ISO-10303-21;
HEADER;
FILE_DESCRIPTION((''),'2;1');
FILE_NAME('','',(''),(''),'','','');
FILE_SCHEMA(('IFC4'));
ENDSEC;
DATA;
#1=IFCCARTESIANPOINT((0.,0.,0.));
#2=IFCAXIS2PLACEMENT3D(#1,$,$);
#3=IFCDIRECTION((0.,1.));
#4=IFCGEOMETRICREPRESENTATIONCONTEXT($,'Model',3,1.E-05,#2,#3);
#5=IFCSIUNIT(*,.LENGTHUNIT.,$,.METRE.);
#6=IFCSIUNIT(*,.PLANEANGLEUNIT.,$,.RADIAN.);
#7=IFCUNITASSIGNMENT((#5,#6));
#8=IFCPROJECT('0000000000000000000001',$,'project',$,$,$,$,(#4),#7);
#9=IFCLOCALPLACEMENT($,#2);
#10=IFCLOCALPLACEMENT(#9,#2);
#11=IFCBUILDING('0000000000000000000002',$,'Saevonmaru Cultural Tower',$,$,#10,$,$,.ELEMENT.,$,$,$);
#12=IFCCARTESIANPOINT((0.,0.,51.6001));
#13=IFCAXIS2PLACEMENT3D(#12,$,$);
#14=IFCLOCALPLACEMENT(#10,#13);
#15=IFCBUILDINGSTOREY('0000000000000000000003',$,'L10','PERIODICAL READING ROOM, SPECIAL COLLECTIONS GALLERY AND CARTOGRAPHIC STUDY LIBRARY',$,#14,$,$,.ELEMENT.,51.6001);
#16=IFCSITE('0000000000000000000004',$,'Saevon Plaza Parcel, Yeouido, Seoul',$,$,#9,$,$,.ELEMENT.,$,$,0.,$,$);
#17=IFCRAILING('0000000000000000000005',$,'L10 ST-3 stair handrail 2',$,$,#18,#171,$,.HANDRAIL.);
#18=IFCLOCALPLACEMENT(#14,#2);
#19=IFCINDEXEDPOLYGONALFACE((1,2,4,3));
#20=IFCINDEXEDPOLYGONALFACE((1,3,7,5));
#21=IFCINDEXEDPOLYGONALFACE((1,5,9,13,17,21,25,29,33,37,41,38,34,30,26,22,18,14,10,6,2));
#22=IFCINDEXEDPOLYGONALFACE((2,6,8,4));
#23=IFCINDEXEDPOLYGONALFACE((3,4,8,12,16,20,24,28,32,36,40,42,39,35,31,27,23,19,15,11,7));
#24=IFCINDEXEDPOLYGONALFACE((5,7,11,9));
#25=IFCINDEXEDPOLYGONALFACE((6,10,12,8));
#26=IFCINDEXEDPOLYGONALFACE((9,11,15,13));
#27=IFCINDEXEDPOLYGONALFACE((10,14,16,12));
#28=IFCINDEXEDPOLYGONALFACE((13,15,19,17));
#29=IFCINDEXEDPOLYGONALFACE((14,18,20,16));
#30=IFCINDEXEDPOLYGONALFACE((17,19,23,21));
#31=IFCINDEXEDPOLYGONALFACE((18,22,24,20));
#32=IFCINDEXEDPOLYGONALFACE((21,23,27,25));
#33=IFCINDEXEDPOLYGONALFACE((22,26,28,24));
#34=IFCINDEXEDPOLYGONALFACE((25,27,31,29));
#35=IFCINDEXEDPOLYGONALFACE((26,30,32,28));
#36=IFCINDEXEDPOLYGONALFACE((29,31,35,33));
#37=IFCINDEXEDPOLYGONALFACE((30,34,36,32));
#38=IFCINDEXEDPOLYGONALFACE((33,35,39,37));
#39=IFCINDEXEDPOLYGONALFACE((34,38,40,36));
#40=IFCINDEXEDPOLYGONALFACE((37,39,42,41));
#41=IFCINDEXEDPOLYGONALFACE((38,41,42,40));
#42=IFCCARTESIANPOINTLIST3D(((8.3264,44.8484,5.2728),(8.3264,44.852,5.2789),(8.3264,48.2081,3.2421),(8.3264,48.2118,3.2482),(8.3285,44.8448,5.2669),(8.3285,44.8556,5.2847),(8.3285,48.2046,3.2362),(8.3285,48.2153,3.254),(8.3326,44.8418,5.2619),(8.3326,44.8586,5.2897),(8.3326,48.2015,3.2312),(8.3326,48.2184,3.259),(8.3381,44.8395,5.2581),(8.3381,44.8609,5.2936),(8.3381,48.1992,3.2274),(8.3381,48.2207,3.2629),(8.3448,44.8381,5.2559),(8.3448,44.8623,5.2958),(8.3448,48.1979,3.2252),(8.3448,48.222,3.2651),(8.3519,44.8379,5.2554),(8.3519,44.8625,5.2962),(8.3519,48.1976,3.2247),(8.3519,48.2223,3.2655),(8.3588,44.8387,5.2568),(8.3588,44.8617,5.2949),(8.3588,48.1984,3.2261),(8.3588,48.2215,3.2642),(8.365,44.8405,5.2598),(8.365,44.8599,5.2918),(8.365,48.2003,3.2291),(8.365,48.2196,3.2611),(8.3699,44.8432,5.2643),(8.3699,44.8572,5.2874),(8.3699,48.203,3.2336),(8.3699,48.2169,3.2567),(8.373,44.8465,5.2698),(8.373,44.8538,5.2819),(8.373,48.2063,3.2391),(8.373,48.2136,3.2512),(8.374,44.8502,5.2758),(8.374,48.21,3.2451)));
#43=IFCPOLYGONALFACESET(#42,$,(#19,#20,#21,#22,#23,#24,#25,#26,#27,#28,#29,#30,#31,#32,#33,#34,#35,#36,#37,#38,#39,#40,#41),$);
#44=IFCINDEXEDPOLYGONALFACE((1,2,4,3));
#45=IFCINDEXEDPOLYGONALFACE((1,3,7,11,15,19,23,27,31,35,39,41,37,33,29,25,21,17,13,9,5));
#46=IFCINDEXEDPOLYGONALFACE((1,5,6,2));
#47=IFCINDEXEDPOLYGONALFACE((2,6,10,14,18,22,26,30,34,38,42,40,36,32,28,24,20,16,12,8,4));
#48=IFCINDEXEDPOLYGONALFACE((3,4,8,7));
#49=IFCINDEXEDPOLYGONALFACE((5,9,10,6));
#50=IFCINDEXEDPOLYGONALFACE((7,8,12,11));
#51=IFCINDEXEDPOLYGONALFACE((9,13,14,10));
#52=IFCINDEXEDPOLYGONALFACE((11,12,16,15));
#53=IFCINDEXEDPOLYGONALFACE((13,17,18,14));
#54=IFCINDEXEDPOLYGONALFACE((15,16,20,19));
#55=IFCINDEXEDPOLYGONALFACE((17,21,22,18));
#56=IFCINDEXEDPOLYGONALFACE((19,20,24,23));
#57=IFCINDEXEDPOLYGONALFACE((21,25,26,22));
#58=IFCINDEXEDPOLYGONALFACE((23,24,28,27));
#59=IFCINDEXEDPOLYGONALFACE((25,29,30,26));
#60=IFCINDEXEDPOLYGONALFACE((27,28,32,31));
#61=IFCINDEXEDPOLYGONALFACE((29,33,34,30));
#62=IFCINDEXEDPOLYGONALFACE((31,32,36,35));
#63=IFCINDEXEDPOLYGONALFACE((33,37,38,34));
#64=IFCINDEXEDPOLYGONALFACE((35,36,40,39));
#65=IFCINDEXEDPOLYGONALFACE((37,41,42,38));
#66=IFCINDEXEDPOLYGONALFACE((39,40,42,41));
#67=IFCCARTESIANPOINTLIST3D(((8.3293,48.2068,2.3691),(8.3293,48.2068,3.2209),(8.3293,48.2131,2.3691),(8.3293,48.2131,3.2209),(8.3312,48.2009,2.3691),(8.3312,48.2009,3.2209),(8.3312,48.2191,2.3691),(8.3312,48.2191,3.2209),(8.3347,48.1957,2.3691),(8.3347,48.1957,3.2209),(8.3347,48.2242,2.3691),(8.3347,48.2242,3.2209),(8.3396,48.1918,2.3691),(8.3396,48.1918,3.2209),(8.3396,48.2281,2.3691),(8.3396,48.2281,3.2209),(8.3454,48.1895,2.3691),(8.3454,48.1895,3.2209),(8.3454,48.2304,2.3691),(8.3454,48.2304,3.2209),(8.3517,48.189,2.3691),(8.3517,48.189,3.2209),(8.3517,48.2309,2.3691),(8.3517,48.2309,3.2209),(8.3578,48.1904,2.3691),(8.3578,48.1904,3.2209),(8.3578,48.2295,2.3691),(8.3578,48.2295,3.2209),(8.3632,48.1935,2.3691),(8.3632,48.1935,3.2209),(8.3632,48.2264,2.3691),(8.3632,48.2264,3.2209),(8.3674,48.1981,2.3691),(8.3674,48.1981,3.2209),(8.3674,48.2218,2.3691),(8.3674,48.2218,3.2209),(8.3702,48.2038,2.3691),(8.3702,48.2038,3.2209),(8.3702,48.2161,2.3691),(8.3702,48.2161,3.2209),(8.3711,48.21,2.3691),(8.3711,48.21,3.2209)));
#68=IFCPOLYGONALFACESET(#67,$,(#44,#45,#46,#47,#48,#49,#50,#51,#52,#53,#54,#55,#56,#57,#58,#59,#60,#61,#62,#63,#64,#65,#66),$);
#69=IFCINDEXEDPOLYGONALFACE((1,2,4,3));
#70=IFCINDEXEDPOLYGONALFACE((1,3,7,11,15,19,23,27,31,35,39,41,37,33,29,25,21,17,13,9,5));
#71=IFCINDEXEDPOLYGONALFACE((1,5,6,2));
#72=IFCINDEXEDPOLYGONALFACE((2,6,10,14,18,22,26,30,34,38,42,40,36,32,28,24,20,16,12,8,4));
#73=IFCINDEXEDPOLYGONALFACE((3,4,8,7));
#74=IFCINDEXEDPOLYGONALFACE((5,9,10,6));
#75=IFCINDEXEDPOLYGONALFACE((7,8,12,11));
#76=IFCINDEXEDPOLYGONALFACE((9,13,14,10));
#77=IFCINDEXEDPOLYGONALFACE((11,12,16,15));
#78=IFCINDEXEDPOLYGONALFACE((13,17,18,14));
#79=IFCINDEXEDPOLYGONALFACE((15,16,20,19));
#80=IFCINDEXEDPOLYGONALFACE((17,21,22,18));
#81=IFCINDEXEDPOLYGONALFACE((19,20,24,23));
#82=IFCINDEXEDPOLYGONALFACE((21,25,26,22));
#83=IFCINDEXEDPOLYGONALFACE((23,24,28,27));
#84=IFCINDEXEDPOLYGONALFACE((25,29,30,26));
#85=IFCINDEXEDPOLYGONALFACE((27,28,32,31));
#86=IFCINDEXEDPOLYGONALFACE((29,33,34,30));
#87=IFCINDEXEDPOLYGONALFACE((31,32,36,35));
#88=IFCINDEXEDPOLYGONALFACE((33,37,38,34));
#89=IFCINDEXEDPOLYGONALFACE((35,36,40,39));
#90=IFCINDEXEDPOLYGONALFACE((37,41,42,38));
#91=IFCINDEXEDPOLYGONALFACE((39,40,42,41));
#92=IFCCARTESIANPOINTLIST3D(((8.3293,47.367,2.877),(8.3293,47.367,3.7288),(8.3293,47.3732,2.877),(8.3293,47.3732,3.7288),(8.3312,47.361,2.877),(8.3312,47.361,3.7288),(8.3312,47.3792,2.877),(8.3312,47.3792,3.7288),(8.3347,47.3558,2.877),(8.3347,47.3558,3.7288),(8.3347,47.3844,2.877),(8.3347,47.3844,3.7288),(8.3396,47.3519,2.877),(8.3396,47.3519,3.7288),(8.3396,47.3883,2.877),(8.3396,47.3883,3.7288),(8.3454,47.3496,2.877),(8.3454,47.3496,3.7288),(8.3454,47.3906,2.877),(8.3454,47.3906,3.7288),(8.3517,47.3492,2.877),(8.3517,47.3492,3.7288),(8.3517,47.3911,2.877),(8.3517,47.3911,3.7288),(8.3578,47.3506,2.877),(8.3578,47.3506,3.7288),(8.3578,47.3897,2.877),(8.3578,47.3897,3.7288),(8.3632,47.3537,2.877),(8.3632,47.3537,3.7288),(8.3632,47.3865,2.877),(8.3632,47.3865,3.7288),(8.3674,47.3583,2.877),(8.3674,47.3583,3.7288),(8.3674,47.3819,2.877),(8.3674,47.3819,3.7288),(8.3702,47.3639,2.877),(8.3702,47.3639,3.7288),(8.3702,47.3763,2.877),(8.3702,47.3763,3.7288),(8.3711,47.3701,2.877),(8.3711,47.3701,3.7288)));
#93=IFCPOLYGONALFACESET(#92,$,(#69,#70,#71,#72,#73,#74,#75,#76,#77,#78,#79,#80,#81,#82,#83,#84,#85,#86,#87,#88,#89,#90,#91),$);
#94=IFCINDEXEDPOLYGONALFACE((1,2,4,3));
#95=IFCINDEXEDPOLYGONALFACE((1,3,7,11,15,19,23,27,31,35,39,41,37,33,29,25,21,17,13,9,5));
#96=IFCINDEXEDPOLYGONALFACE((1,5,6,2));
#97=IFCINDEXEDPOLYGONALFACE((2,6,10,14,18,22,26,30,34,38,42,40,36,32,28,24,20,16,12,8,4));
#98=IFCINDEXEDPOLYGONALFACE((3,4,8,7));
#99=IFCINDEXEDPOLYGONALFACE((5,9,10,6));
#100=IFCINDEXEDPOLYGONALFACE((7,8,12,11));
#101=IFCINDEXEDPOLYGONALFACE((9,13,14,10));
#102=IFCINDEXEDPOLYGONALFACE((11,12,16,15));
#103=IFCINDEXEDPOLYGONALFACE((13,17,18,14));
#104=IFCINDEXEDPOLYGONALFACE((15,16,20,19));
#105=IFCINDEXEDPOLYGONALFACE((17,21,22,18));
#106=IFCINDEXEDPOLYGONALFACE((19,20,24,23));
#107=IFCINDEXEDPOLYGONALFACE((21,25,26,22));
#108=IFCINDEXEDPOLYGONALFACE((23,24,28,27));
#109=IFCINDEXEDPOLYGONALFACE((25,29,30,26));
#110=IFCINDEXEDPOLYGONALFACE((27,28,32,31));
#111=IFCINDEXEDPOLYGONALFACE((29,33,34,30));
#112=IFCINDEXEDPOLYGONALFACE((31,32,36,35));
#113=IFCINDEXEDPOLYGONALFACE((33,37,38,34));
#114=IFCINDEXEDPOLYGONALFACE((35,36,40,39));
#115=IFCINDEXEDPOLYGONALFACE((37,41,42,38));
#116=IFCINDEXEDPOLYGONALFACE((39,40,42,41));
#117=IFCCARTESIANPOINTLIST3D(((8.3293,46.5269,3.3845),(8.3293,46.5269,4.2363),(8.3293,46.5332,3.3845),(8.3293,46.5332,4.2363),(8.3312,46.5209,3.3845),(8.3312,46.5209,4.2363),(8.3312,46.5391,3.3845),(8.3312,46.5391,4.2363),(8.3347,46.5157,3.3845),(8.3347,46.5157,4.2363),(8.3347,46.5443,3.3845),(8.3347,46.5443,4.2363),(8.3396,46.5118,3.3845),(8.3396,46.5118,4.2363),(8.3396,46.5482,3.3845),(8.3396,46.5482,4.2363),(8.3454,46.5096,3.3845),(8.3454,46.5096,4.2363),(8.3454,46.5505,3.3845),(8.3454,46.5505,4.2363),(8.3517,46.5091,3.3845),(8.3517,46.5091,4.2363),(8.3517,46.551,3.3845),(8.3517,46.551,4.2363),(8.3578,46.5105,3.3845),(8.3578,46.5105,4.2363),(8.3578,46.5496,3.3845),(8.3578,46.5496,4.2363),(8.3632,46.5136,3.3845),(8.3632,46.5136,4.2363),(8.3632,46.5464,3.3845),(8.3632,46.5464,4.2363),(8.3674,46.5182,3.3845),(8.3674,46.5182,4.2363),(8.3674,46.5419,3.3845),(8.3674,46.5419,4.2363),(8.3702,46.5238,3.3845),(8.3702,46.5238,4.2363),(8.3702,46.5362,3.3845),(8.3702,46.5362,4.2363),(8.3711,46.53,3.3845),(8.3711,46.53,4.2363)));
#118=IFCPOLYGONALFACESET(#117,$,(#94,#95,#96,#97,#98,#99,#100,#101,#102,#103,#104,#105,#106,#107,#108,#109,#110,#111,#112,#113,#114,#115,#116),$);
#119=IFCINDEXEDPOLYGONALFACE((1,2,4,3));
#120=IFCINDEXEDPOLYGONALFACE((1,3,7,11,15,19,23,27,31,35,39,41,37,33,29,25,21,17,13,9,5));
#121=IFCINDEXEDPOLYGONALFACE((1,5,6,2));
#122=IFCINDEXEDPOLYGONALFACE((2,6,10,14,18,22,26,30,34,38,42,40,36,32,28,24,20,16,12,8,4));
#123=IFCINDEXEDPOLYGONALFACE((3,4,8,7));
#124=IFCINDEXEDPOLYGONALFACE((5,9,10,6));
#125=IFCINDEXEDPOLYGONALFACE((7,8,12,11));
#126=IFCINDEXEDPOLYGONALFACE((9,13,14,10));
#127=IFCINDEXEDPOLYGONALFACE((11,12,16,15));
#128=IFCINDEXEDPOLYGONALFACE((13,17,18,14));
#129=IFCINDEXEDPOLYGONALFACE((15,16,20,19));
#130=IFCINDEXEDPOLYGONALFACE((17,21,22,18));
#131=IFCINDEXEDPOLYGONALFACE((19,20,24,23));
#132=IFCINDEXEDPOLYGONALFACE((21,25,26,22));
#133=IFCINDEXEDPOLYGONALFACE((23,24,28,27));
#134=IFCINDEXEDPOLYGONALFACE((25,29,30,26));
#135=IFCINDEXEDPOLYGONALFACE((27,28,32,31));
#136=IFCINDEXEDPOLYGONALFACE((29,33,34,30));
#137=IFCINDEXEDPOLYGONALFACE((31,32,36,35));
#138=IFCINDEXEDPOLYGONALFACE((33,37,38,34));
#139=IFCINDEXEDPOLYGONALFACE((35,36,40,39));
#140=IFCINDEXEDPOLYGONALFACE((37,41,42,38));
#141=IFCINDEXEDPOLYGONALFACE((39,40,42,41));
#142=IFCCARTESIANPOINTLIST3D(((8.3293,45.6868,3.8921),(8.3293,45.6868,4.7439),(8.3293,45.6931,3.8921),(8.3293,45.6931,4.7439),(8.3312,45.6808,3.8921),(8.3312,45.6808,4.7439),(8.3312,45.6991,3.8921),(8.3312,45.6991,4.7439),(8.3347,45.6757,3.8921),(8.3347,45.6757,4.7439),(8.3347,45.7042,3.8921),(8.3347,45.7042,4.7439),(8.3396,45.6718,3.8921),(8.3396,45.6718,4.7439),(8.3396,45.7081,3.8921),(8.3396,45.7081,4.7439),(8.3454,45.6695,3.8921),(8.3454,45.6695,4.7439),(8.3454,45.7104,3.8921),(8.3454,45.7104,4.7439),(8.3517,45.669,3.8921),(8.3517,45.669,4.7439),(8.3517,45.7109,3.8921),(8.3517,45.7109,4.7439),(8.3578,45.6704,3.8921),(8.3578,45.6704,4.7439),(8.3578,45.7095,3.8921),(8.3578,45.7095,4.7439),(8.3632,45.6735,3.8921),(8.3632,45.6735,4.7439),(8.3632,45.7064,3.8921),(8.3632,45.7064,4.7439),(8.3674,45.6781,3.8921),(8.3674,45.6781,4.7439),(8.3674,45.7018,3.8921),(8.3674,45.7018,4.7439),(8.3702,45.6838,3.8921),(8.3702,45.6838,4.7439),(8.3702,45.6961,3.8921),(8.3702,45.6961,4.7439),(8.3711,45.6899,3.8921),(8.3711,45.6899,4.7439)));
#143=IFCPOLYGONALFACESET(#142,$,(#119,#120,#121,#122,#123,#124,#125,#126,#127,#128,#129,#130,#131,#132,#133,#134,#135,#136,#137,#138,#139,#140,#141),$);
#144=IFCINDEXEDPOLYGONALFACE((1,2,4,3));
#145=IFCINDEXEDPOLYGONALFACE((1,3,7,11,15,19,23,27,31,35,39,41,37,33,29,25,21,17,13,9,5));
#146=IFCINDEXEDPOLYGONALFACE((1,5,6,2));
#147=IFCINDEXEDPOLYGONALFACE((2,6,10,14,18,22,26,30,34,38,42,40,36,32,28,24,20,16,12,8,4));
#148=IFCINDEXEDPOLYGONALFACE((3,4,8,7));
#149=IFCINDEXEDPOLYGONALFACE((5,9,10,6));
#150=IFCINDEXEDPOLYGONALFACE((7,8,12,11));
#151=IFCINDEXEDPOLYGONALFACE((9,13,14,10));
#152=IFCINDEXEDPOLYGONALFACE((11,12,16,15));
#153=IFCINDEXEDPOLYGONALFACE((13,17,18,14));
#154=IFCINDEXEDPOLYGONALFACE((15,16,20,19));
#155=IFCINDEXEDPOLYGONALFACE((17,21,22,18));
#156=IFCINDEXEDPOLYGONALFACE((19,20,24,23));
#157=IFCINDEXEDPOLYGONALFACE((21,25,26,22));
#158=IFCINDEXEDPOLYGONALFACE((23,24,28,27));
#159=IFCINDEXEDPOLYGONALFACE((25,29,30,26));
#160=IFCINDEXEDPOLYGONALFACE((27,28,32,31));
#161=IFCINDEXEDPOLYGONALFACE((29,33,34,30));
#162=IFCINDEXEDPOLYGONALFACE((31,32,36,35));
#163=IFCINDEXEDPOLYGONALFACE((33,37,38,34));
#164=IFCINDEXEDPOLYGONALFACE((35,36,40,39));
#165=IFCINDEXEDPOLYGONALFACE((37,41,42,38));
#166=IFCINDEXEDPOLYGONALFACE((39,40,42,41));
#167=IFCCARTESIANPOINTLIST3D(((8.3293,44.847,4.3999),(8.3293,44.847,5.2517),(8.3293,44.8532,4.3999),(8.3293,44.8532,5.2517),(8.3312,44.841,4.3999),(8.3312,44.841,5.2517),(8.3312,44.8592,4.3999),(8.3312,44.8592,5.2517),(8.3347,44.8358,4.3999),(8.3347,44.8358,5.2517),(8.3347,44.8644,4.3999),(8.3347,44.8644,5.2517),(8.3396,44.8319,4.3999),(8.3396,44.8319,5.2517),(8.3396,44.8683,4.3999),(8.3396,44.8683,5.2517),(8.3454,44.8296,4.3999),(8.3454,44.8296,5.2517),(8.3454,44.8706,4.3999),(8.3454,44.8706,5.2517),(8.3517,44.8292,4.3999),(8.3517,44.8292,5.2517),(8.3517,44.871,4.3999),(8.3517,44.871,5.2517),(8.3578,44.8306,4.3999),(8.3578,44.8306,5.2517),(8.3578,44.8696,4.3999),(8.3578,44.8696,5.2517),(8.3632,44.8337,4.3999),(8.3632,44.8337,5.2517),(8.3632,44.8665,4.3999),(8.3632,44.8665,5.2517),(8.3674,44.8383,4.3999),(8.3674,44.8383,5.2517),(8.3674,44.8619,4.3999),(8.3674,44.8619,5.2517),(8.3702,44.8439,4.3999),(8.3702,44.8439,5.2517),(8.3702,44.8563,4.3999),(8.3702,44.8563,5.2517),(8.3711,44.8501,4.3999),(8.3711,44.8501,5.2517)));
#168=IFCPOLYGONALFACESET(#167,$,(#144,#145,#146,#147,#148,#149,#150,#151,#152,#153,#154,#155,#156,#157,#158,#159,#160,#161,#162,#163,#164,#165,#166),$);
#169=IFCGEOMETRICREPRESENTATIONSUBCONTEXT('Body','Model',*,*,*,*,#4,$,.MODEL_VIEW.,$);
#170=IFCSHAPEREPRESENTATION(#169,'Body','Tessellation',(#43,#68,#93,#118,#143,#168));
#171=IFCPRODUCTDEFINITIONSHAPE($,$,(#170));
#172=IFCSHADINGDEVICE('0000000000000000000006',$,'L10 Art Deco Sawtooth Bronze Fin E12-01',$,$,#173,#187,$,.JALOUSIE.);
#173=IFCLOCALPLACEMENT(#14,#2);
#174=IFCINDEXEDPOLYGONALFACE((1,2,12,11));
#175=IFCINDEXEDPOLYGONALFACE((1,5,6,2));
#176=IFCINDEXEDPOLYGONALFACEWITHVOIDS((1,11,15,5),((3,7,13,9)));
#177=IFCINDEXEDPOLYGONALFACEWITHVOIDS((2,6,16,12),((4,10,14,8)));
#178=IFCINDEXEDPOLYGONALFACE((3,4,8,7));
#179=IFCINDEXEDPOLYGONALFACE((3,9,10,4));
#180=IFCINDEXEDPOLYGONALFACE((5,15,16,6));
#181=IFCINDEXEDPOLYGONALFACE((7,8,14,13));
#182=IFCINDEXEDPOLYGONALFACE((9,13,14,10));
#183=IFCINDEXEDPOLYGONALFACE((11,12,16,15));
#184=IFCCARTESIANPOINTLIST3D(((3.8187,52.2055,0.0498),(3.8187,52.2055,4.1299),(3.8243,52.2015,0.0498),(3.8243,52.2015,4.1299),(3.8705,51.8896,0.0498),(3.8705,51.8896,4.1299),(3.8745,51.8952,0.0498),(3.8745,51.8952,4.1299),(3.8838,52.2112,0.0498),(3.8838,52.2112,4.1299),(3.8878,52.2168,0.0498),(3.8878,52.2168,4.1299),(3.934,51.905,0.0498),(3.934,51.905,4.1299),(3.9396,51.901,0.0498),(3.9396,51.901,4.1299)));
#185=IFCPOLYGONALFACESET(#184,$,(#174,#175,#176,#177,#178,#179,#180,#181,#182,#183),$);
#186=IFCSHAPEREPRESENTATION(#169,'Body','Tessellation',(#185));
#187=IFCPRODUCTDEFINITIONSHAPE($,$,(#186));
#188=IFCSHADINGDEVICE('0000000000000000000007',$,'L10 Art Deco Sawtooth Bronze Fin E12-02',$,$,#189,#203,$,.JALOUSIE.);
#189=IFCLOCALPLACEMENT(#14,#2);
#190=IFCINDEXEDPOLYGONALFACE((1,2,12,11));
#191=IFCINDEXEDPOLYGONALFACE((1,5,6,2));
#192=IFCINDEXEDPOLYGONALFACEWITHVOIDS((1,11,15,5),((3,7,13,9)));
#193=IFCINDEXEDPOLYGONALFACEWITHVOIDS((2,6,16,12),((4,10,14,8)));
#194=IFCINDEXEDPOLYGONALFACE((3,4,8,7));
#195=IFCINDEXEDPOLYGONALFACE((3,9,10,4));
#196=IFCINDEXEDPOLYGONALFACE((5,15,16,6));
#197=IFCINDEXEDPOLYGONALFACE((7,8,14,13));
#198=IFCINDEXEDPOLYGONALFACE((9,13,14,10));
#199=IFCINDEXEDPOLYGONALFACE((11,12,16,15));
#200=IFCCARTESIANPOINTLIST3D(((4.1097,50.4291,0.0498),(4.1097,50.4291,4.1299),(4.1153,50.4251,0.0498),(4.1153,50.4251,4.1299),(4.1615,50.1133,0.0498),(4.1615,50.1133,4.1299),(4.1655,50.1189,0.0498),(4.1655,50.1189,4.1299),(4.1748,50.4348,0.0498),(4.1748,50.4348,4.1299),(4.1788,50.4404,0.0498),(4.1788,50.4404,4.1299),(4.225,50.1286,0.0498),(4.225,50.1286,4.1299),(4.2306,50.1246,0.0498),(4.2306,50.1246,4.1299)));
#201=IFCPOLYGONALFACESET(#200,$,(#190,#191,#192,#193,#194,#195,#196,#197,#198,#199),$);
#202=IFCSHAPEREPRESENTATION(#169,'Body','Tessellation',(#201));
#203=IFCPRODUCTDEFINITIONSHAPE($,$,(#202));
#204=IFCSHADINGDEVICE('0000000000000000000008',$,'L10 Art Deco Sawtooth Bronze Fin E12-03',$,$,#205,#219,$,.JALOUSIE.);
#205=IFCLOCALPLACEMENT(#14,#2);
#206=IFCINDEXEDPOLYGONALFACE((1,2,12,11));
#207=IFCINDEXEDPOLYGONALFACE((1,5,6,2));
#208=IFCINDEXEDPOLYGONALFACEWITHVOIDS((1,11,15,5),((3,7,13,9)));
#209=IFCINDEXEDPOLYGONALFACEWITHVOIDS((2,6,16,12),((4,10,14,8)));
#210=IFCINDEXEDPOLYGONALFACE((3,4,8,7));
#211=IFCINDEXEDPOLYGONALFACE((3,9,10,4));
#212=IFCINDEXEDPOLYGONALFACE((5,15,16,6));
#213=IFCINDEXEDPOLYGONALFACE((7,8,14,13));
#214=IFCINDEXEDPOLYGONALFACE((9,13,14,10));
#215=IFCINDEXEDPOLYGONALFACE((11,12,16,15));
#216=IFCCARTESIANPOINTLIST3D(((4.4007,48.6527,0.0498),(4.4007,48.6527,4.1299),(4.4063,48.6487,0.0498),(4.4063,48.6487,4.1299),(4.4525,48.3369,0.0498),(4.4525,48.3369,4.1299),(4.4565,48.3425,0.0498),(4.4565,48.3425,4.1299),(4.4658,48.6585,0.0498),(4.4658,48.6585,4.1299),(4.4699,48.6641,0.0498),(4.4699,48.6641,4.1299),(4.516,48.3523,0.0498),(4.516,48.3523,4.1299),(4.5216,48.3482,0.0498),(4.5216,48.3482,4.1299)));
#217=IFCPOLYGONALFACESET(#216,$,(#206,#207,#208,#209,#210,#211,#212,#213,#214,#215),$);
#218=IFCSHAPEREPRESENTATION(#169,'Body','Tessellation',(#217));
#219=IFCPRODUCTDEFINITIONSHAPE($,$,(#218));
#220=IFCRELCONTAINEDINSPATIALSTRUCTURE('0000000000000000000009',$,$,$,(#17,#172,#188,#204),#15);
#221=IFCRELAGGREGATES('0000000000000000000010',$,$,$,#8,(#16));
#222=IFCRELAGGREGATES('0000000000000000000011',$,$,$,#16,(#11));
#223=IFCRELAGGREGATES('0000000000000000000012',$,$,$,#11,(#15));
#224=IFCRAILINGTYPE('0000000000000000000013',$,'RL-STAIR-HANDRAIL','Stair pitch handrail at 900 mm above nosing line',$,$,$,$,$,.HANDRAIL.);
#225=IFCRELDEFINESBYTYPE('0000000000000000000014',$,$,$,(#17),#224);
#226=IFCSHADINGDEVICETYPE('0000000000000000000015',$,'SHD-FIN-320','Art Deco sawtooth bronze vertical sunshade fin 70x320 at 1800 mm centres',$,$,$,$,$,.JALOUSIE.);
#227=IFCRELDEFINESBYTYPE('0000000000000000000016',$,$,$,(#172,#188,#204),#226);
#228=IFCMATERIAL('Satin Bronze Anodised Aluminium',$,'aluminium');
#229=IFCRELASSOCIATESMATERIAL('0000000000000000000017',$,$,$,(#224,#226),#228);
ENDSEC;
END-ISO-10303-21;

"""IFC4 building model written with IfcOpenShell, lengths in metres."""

from ifc_helpers import new_model, si_unit, direction, frame, origin, origin_2d, place, context, subcontext, project, spatial, hollow_rectangle, circle, extrude, material, material_profile, profile_set, type_object, element, save


model = new_model("IFC4")

# Units and contexts
model_context = context("Model", 3, precision=1e-05, world=origin(), true_north=direction((0.0, 1.0)))
body_context = subcontext(model_context, "Body", "Model", "MODEL_VIEW")
ifc_project = project(units=[si_unit("LENGTHUNIT", "METRE"), si_unit("PLANEANGLEUNIT", "RADIAN")], contexts=[model_context])

# Site, building, storey
site_placement = place(None, origin())
site = spatial("IfcSite", under=ifc_project, at=site_placement, Name="Saevon Plaza Parcel, Yeouido, Seoul", CompositionType="ELEMENT", RefElevation=0.0)
building_placement = place(site_placement, origin())
building = spatial("IfcBuilding", under=site, at=building_placement, Name="Saevonmaru Cultural Tower", CompositionType="ELEMENT")
storey_placement = place(building_placement, frame((0.0, 0.0, 51.6001)))
storey = spatial("IfcBuildingStorey", under=building, at=storey_placement, Name="L10", Description="PERIODICAL READING ROOM, SPECIAL COLLECTIONS GALLERY AND CARTOGRAPHIC STUDY LIBRARY", CompositionType="ELEMENT", Elevation=51.6001)

# Shared definitions
ifc_material_1 = material(Name="Satin Bronze Anodised Aluminium", Category="aluminium")

# Railing
railing_type_1 = type_object("IfcRailingType", Name="RL-STAIR-HANDRAIL", Description="Stair pitch handrail at 900 mm above nosing line", PredefinedType="HANDRAIL", material=ifc_material_1)
railing_1_placement = place(storey_placement, frame((8.3501, 48.21, 2.3691)))
element("IfcRailing", 1, at=railing_1_placement, inside=storey, type_object=railing_type_1, Name="L10 ST-3 stair handrail 2", PredefinedType="HANDRAIL", context=body_context, shape_type="SweptSolid", body=[
    extrude(circle(Radius=0.0239, at=origin_2d()), frame((0.0, 0.0, 0.876), z_axis=(0.0, -0.85582, 0.517273), x_axis=(1.0, 0.0, 0.0)), (0.0, 0.0, 1.0), 3.9258),
    extrude(circle(Radius=0.021, at=origin_2d()), origin(), (0.0, 0.0, 1.0), 0.8518),
    extrude(circle(Radius=0.021, at=origin_2d()), frame((0.0, -0.8398, 0.5078)), (0.0, 0.0, 1.0), 0.8518),
    extrude(circle(Radius=0.021, at=origin_2d()), frame((0.0, -1.6799, 1.0154)), (0.0, 0.0, 1.0), 0.8518),
    extrude(circle(Radius=0.021, at=origin_2d()), frame((0.0, -2.52, 1.5229)), (0.0, 0.0, 1.0), 0.8518),
    extrude(circle(Radius=0.021, at=origin_2d()), frame((0.0, -3.3599, 2.0308)), (0.0, 0.0, 1.0), 0.8518),
])

# Shading devices
ifc_material_profile_1 = material_profile(ifc_material_1, hollow_rectangle(XDim=0.0701, YDim=0.3201, WallThickness=0.0049, at=origin_2d()), Name="FIN-320x70")
ifc_profile_set_1 = profile_set([ifc_material_profile_1], Name="Satin Bronze Anodised Aluminium")
shading_device_type = type_object("IfcShadingDeviceType", Name="SHD-FIN-320", Description="Art Deco sawtooth bronze vertical sunshade fin 70x320 at 1800 mm centres", PredefinedType="JALOUSIE", material=ifc_profile_set_1)
for number, where, z_axis, x_axis, name in (
    (2, (3.8792, 52.0532, 0.0498), (0.0, 0.0, 1.0), (-0.986827, -0.161776, 0.0), "L10 Art Deco Sawtooth Bronze Fin E12-01"),
    (3, (4.1702, 50.2769, 0.0498), (0.0, 0.0, 1.0), (-0.986827, -0.161776, 0.0), "L10 Art Deco Sawtooth Bronze Fin E12-02"),
    (4, (4.4612, 48.5005, 0.0498), (0.0, 0.0, 1.0), (-0.986827, -0.161776, 0.0), "L10 Art Deco Sawtooth Bronze Fin E12-03"),
):
    element("IfcShadingDevice", number, at=place(storey_placement, frame(where, z_axis=z_axis, x_axis=x_axis)), inside=storey, type_object=shading_device_type, Name=name, PredefinedType="JALOUSIE", context=body_context, shape_type="SweptSolid", body=[
        extrude(hollow_rectangle(XDim=0.0701, YDim=0.3201, WallThickness=0.0049, at=origin_2d()), origin(), (0.0, 0.0, 1.0), 4.0801),
    ])

save(model, "model.ifc")
